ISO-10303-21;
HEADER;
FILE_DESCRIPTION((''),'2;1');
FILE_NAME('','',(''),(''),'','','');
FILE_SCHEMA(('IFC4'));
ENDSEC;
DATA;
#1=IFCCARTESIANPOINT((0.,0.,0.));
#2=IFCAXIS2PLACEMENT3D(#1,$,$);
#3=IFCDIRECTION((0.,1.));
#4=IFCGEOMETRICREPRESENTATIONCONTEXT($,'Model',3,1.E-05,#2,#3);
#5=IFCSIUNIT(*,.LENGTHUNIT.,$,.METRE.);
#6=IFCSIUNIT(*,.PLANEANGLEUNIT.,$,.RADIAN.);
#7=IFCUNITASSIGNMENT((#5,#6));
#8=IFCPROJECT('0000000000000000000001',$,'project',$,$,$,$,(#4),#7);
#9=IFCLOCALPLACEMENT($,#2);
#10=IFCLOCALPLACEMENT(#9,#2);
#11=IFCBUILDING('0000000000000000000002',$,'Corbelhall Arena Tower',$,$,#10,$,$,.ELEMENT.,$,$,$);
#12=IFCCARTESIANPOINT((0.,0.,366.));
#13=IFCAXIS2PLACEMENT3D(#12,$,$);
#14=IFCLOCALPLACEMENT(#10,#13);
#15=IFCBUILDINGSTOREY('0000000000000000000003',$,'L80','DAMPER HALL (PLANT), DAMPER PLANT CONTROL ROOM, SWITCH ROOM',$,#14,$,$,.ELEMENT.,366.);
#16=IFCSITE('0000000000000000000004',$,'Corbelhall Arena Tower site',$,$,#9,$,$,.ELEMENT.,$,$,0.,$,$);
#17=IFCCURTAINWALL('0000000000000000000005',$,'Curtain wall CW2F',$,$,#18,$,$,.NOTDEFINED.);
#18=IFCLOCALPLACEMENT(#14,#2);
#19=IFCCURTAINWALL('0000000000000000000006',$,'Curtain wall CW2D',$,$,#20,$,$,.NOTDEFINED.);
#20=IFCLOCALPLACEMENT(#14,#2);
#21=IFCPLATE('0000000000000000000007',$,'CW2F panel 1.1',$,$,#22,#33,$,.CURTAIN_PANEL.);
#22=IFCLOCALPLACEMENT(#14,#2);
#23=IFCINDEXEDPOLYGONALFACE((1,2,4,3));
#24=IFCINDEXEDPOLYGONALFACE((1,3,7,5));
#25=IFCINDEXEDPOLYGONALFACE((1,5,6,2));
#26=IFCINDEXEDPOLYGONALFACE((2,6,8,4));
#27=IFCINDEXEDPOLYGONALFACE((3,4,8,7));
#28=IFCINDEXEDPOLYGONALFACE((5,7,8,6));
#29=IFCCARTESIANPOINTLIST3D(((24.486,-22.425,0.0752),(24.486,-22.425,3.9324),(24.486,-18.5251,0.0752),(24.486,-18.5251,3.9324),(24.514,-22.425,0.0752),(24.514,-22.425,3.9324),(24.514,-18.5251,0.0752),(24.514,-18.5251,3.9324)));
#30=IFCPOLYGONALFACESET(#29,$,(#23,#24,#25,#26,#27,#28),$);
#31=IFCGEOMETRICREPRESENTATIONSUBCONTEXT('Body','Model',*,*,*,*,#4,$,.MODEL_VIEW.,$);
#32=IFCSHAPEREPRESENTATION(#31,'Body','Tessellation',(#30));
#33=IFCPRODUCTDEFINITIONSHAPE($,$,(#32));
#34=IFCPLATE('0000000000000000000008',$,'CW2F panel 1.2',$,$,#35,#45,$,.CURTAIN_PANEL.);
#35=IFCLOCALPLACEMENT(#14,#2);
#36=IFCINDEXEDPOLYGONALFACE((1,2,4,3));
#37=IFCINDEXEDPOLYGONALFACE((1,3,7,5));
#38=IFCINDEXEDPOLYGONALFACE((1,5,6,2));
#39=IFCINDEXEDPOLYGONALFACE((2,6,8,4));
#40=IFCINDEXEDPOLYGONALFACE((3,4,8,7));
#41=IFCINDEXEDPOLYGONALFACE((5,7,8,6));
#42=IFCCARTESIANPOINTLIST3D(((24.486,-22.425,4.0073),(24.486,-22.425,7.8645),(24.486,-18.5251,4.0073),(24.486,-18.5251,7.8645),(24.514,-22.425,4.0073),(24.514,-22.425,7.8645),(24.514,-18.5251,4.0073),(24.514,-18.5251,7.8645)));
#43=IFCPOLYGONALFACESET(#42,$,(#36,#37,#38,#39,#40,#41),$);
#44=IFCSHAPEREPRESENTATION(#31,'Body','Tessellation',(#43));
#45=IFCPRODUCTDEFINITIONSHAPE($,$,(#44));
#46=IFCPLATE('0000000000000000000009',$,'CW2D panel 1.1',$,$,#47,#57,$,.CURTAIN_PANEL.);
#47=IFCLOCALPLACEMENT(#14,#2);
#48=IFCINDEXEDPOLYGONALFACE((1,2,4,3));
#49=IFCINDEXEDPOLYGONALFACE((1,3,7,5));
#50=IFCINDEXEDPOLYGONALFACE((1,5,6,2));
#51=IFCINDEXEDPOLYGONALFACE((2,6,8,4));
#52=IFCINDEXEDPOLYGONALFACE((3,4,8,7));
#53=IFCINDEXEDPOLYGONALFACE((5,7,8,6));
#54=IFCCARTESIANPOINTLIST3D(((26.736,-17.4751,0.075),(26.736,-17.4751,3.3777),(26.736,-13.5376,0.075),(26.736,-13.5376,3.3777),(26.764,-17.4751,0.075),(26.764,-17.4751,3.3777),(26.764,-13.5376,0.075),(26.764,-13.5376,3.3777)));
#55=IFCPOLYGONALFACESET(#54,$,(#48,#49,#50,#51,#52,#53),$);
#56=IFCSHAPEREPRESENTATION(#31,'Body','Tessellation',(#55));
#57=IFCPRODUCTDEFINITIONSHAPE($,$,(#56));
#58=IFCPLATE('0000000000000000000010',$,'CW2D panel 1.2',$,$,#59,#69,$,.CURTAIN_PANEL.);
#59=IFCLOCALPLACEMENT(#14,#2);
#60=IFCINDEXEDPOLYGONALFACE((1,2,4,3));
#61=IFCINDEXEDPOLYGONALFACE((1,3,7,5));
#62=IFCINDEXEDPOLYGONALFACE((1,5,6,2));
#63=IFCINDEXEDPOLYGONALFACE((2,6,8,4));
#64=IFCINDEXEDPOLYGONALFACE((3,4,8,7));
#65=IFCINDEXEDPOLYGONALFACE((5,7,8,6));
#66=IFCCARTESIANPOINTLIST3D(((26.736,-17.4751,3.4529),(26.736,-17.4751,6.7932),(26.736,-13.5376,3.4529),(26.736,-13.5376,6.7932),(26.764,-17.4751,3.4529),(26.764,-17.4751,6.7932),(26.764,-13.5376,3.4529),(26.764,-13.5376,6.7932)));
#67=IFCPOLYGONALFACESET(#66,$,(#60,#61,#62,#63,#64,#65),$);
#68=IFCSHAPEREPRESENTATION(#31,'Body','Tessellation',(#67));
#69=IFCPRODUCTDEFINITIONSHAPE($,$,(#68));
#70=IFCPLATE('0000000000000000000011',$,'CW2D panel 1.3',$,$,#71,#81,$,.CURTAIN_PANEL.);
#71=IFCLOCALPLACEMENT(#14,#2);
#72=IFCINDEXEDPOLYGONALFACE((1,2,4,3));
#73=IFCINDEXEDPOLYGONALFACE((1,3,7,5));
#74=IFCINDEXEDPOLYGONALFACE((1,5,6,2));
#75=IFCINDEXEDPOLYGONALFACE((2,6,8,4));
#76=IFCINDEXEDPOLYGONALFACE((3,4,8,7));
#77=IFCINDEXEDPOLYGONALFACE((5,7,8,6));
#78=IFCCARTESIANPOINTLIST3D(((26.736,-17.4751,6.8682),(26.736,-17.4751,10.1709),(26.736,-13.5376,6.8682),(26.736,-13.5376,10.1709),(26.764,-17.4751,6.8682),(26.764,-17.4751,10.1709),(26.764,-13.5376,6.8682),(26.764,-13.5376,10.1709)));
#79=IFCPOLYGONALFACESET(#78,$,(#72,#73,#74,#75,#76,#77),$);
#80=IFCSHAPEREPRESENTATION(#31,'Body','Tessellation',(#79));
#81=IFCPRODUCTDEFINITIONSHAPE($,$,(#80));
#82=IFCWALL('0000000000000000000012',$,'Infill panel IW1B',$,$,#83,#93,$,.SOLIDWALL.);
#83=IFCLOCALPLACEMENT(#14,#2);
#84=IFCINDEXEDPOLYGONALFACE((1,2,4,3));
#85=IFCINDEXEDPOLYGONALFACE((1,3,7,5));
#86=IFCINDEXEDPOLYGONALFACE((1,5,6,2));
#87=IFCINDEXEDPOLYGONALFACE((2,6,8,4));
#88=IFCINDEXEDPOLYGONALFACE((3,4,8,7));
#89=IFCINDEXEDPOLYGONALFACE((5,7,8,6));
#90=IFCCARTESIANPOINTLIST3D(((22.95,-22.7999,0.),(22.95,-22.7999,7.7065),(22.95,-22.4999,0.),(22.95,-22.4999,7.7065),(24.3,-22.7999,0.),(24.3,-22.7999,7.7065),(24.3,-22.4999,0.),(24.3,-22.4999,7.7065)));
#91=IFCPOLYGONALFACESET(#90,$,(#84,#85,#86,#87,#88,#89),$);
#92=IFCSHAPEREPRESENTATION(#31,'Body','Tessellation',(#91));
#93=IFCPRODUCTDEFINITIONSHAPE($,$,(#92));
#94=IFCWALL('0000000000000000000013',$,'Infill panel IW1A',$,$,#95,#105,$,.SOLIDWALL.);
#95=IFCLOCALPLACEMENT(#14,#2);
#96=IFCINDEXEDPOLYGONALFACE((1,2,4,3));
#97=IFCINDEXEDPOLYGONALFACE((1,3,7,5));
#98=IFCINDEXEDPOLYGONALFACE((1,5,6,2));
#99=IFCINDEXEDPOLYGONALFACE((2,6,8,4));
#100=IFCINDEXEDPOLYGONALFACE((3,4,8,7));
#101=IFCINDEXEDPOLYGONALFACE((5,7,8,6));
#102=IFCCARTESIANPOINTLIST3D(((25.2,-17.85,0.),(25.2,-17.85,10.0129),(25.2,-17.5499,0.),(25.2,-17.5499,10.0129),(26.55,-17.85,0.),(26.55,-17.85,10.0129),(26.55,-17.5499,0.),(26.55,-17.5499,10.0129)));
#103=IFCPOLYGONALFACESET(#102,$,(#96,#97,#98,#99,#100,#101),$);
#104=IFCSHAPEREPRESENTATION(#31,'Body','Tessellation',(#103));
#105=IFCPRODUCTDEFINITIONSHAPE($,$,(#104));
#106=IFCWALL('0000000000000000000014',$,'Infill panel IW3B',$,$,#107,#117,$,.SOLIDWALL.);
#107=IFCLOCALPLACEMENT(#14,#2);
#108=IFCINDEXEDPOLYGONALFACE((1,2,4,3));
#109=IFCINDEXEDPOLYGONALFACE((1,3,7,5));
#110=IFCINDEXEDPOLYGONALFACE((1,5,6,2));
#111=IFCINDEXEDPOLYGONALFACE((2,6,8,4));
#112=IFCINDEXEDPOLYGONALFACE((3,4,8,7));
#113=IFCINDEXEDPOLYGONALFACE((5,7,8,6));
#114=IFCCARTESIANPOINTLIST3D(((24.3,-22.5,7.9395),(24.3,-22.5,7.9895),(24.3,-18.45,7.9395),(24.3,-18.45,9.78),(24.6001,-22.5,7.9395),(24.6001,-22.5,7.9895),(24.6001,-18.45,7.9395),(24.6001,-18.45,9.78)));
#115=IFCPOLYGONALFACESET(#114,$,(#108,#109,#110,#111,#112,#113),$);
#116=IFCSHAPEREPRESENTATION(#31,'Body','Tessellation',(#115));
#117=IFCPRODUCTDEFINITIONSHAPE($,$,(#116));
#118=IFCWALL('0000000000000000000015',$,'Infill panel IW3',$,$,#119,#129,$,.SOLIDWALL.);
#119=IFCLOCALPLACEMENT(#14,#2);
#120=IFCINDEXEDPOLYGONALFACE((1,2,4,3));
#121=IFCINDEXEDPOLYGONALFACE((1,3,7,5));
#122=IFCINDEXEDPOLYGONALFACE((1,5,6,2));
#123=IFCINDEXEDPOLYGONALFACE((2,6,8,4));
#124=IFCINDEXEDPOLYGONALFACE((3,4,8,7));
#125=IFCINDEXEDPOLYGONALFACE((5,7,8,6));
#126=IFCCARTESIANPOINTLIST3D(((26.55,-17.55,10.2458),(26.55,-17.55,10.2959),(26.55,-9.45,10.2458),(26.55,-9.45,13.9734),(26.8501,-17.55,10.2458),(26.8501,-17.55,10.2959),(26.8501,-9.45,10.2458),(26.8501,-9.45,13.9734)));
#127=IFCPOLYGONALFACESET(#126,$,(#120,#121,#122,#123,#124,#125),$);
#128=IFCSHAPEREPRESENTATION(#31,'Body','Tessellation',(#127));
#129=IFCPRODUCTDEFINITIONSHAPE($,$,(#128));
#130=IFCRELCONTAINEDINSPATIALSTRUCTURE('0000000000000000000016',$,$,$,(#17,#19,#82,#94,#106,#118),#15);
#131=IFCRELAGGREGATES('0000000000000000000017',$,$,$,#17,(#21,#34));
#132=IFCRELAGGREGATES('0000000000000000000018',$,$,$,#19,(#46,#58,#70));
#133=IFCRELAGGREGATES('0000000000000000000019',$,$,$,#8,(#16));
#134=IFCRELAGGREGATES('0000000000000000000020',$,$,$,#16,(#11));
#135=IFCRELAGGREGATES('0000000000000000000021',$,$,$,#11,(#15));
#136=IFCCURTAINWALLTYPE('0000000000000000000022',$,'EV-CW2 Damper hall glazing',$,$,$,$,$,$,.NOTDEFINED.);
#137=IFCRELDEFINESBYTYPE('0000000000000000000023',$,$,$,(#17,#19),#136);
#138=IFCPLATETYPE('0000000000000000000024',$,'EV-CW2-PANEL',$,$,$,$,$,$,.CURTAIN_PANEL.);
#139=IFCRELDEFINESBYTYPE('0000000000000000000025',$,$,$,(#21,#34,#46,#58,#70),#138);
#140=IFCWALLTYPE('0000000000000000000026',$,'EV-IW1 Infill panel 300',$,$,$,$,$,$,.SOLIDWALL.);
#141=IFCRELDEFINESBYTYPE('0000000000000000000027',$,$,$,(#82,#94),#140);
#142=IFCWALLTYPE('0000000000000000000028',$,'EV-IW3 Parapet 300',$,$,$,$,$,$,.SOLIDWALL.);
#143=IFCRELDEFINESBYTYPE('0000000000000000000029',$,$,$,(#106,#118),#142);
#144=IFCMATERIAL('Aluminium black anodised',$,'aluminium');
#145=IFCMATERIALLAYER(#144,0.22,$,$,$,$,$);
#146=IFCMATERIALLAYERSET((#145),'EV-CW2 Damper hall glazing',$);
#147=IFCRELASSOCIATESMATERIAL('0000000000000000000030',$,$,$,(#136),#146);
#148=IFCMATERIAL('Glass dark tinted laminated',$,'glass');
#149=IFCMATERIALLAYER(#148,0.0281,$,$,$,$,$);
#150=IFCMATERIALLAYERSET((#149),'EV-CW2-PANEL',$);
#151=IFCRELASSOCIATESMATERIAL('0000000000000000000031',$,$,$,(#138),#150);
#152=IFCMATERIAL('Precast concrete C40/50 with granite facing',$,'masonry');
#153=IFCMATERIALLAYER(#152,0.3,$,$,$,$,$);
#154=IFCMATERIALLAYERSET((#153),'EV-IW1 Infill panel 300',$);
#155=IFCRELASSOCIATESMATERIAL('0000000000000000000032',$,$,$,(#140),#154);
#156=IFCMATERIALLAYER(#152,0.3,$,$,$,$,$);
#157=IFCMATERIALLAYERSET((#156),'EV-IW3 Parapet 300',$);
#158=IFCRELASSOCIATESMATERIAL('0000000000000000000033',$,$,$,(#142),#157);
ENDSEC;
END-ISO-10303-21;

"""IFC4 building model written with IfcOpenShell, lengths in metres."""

from ifc_helpers import new_model, si_unit, direction, frame, frame_2d, origin, origin_2d, place, context, subcontext, project, spatial, polyline, rectangle, outline, extrude, material, layer, layer_set, type_object, element, aggregate, save


model = new_model("IFC4")

# Units and contexts
model_context = context("Model", 3, precision=1e-05, world=origin(), true_north=direction((0.0, 1.0)))
body_context = subcontext(model_context, "Body", "Model", "MODEL_VIEW")
ifc_project = project(units=[si_unit("LENGTHUNIT", "METRE"), si_unit("PLANEANGLEUNIT", "RADIAN")], contexts=[model_context])

# Site, building, storey
site_placement = place(None, origin())
site = spatial("IfcSite", under=ifc_project, at=site_placement, Name="Corbelhall Arena Tower site", CompositionType="ELEMENT", RefElevation=0.0)
building_placement = place(site_placement, origin())
building = spatial("IfcBuilding", under=site, at=building_placement, Name="Corbelhall Arena Tower", CompositionType="ELEMENT")
storey_placement = place(building_placement, frame((0.0, 0.0, 366.0)))
storey = spatial("IfcBuildingStorey", under=building, at=storey_placement, Name="L80", Description="DAMPER HALL (PLANT), DAMPER PLANT CONTROL ROOM, SWITCH ROOM", CompositionType="ELEMENT", Elevation=366.0)

# Curtain wall
ifc_material_1 = material(Name="Aluminium black anodised", Category="aluminium")
ifc_layer_1 = layer(ifc_material_1, 0.22)
ifc_layer_set_1 = layer_set([ifc_layer_1], Name="EV-CW2 Damper hall glazing")
curtain_wall_type = type_object("IfcCurtainWallType", Name="EV-CW2 Damper hall glazing", PredefinedType="NOTDEFINED", material=ifc_layer_set_1)
curtain_wall_1_placement = place(storey_placement, origin())
curtain_wall_1 = element("IfcCurtainWall", 1, at=curtain_wall_1_placement, inside=storey, type_object=curtain_wall_type, Name="Curtain wall CW2F", PredefinedType="NOTDEFINED")

# Curtain wall
curtain_wall_2_placement = place(storey_placement, origin())
curtain_wall_2 = element("IfcCurtainWall", 2, at=curtain_wall_2_placement, inside=storey, type_object=curtain_wall_type, Name="Curtain wall CW2D", PredefinedType="NOTDEFINED")

# Plates
ifc_material_2 = material(Name="Glass dark tinted laminated", Category="glass")
ifc_layer_2 = layer(ifc_material_2, 0.0281)
ifc_layer_set_2 = layer_set([ifc_layer_2], Name="EV-CW2-PANEL")
plate_type = type_object("IfcPlateType", Name="EV-CW2-PANEL", PredefinedType="CURTAIN_PANEL", material=ifc_layer_set_2)
plate_1_placement = place(storey_placement, frame((24.5, -20.4751, 0.0752), z_axis=(0.0, 0.0, 1.0), x_axis=(0.0, 1.0, 0.0)))
plate_1 = element("IfcPlate", 3, at=plate_1_placement, type_object=plate_type, Name="CW2F panel 1.1", PredefinedType="CURTAIN_PANEL", context=body_context, shape_type="SweptSolid", body=[
    extrude(rectangle(XDim=3.8999, YDim=0.0281, at=origin_2d()), origin(), (0.0, 0.0, 1.0), 3.8572),
])
plate_2_placement = place(storey_placement, frame((24.5, -20.4751, 4.0073), z_axis=(0.0, 0.0, 1.0), x_axis=(0.0, 1.0, 0.0)))
plate_2 = element("IfcPlate", 4, at=plate_2_placement, type_object=plate_type, Name="CW2F panel 1.2", PredefinedType="CURTAIN_PANEL", context=body_context, shape_type="SweptSolid", body=[
    extrude(rectangle(XDim=3.8999, YDim=0.0281, at=origin_2d()), origin(), (0.0, 0.0, 1.0), 3.8572),
])
aggregate(curtain_wall_1, [plate_1, plate_2])
plate_3_placement = place(storey_placement, frame((26.75, -15.5063, 0.075), z_axis=(0.0, 0.0, 1.0), x_axis=(0.0, 1.0, 0.0)))
plate_3 = element("IfcPlate", 5, at=plate_3_placement, type_object=plate_type, Name="CW2D panel 1.1", PredefinedType="CURTAIN_PANEL", context=body_context, shape_type="SweptSolid", body=[
    extrude(rectangle(XDim=3.9375, YDim=0.0281, at=origin_2d()), origin(), (0.0, 0.0, 1.0), 3.3027),
])
plate_4_placement = place(storey_placement, frame((26.75, -15.5063, 3.4529), z_axis=(0.0, 0.0, 1.0), x_axis=(0.0, 1.0, 0.0)))
plate_4 = element("IfcPlate", 6, at=plate_4_placement, type_object=plate_type, Name="CW2D panel 1.2", PredefinedType="CURTAIN_PANEL", context=body_context, shape_type="SweptSolid", body=[
    extrude(rectangle(XDim=3.9375, YDim=0.0281, at=origin_2d()), origin(), (0.0, 0.0, 1.0), 3.3403),
])
plate_5_placement = place(storey_placement, frame((26.75, -15.5063, 6.8682), z_axis=(0.0, 0.0, 1.0), x_axis=(0.0, 1.0, 0.0)))
plate_5 = element("IfcPlate", 7, at=plate_5_placement, type_object=plate_type, Name="CW2D panel 1.3", PredefinedType="CURTAIN_PANEL", context=body_context, shape_type="SweptSolid", body=[
    extrude(rectangle(XDim=3.9375, YDim=0.0281, at=origin_2d()), origin(), (0.0, 0.0, 1.0), 3.3027),
])
aggregate(curtain_wall_2, [plate_3, plate_4, plate_5])

# Walls
ifc_material_3 = material(Name="Precast concrete C40/50 with granite facing", Category="masonry")
ifc_layer_3 = layer(ifc_material_3, 0.3)
ifc_layer_set_3 = layer_set([ifc_layer_3], Name="EV-IW1 Infill panel 300")
wall_type_1 = type_object("IfcWallType", Name="EV-IW1 Infill panel 300", PredefinedType="SOLIDWALL", material=ifc_layer_set_3)
wall_1_placement = place(storey_placement, frame((22.95, -22.6499, 0.0), z_axis=(0.0, 0.0, 1.0), x_axis=(1.0, 0.0, 0.0)))
element("IfcWall", 8, at=wall_1_placement, inside=storey, type_object=wall_type_1, Name="Infill panel IW1B", PredefinedType="SOLIDWALL", context=body_context, shape_type="SweptSolid", body=[
    extrude(rectangle(XDim=1.3501, YDim=0.3, at=frame_2d((0.675, 0.0))), origin(), (0.0, 0.0, 1.0), 7.7065),
])
wall_2_placement = place(storey_placement, frame((25.2, -17.7, 0.0), z_axis=(0.0, 0.0, 1.0), x_axis=(1.0, 0.0, 0.0)))
element("IfcWall", 9, at=wall_2_placement, inside=storey, type_object=wall_type_1, Name="Infill panel IW1A", PredefinedType="SOLIDWALL", context=body_context, shape_type="SweptSolid", body=[
    extrude(rectangle(XDim=1.3501, YDim=0.3, at=frame_2d((0.675, 0.0))), origin(), (0.0, 0.0, 1.0), 10.0129),
])
ifc_layer_4 = layer(ifc_material_3, 0.3)
ifc_layer_set_4 = layer_set([ifc_layer_4], Name="EV-IW3 Parapet 300")
wall_type_2 = type_object("IfcWallType", Name="EV-IW3 Parapet 300", PredefinedType="SOLIDWALL", material=ifc_layer_set_4)
wall_3_placement = place(storey_placement, frame((24.45, -22.5, 7.9395), z_axis=(0.0, 0.0, 1.0), x_axis=(0.0, 1.0, 0.0)))
element("IfcWall", 10, at=wall_3_placement, inside=storey, type_object=wall_type_2, Name="Infill panel IW3B", PredefinedType="SOLIDWALL", context=body_context, shape_type="SweptSolid", body=[
    extrude(outline(polyline([(0.0, 0.0), (4.05, 0.0), (4.05, 1.8406), (0.0, 0.05), (0.0, 0.0)])), frame((0.0, 0.1499, 0.0), z_axis=(0.0, -1.0, 0.0), x_axis=(1.0, 0.0, 0.0)), (0.0, 0.0, 1.0), 0.3),
])
wall_4_placement = place(storey_placement, frame((26.7, -17.55, 10.2458), z_axis=(0.0, 0.0, 1.0), x_axis=(0.0, 1.0, 0.0)))
element("IfcWall", 11, at=wall_4_placement, inside=storey, type_object=wall_type_2, Name="Infill panel IW3", PredefinedType="SOLIDWALL", context=body_context, shape_type="SweptSolid", body=[
    extrude(outline(polyline([(0.0, 0.0), (8.1001, 0.0), (8.1001, 3.7275), (0.0, 0.05), (0.0, 0.0)])), frame((0.0, 0.1499, 0.0), z_axis=(0.0, -1.0, 0.0), x_axis=(1.0, 0.0, 0.0)), (0.0, 0.0, 1.0), 0.3),
])

save(model, "model.ifc")
